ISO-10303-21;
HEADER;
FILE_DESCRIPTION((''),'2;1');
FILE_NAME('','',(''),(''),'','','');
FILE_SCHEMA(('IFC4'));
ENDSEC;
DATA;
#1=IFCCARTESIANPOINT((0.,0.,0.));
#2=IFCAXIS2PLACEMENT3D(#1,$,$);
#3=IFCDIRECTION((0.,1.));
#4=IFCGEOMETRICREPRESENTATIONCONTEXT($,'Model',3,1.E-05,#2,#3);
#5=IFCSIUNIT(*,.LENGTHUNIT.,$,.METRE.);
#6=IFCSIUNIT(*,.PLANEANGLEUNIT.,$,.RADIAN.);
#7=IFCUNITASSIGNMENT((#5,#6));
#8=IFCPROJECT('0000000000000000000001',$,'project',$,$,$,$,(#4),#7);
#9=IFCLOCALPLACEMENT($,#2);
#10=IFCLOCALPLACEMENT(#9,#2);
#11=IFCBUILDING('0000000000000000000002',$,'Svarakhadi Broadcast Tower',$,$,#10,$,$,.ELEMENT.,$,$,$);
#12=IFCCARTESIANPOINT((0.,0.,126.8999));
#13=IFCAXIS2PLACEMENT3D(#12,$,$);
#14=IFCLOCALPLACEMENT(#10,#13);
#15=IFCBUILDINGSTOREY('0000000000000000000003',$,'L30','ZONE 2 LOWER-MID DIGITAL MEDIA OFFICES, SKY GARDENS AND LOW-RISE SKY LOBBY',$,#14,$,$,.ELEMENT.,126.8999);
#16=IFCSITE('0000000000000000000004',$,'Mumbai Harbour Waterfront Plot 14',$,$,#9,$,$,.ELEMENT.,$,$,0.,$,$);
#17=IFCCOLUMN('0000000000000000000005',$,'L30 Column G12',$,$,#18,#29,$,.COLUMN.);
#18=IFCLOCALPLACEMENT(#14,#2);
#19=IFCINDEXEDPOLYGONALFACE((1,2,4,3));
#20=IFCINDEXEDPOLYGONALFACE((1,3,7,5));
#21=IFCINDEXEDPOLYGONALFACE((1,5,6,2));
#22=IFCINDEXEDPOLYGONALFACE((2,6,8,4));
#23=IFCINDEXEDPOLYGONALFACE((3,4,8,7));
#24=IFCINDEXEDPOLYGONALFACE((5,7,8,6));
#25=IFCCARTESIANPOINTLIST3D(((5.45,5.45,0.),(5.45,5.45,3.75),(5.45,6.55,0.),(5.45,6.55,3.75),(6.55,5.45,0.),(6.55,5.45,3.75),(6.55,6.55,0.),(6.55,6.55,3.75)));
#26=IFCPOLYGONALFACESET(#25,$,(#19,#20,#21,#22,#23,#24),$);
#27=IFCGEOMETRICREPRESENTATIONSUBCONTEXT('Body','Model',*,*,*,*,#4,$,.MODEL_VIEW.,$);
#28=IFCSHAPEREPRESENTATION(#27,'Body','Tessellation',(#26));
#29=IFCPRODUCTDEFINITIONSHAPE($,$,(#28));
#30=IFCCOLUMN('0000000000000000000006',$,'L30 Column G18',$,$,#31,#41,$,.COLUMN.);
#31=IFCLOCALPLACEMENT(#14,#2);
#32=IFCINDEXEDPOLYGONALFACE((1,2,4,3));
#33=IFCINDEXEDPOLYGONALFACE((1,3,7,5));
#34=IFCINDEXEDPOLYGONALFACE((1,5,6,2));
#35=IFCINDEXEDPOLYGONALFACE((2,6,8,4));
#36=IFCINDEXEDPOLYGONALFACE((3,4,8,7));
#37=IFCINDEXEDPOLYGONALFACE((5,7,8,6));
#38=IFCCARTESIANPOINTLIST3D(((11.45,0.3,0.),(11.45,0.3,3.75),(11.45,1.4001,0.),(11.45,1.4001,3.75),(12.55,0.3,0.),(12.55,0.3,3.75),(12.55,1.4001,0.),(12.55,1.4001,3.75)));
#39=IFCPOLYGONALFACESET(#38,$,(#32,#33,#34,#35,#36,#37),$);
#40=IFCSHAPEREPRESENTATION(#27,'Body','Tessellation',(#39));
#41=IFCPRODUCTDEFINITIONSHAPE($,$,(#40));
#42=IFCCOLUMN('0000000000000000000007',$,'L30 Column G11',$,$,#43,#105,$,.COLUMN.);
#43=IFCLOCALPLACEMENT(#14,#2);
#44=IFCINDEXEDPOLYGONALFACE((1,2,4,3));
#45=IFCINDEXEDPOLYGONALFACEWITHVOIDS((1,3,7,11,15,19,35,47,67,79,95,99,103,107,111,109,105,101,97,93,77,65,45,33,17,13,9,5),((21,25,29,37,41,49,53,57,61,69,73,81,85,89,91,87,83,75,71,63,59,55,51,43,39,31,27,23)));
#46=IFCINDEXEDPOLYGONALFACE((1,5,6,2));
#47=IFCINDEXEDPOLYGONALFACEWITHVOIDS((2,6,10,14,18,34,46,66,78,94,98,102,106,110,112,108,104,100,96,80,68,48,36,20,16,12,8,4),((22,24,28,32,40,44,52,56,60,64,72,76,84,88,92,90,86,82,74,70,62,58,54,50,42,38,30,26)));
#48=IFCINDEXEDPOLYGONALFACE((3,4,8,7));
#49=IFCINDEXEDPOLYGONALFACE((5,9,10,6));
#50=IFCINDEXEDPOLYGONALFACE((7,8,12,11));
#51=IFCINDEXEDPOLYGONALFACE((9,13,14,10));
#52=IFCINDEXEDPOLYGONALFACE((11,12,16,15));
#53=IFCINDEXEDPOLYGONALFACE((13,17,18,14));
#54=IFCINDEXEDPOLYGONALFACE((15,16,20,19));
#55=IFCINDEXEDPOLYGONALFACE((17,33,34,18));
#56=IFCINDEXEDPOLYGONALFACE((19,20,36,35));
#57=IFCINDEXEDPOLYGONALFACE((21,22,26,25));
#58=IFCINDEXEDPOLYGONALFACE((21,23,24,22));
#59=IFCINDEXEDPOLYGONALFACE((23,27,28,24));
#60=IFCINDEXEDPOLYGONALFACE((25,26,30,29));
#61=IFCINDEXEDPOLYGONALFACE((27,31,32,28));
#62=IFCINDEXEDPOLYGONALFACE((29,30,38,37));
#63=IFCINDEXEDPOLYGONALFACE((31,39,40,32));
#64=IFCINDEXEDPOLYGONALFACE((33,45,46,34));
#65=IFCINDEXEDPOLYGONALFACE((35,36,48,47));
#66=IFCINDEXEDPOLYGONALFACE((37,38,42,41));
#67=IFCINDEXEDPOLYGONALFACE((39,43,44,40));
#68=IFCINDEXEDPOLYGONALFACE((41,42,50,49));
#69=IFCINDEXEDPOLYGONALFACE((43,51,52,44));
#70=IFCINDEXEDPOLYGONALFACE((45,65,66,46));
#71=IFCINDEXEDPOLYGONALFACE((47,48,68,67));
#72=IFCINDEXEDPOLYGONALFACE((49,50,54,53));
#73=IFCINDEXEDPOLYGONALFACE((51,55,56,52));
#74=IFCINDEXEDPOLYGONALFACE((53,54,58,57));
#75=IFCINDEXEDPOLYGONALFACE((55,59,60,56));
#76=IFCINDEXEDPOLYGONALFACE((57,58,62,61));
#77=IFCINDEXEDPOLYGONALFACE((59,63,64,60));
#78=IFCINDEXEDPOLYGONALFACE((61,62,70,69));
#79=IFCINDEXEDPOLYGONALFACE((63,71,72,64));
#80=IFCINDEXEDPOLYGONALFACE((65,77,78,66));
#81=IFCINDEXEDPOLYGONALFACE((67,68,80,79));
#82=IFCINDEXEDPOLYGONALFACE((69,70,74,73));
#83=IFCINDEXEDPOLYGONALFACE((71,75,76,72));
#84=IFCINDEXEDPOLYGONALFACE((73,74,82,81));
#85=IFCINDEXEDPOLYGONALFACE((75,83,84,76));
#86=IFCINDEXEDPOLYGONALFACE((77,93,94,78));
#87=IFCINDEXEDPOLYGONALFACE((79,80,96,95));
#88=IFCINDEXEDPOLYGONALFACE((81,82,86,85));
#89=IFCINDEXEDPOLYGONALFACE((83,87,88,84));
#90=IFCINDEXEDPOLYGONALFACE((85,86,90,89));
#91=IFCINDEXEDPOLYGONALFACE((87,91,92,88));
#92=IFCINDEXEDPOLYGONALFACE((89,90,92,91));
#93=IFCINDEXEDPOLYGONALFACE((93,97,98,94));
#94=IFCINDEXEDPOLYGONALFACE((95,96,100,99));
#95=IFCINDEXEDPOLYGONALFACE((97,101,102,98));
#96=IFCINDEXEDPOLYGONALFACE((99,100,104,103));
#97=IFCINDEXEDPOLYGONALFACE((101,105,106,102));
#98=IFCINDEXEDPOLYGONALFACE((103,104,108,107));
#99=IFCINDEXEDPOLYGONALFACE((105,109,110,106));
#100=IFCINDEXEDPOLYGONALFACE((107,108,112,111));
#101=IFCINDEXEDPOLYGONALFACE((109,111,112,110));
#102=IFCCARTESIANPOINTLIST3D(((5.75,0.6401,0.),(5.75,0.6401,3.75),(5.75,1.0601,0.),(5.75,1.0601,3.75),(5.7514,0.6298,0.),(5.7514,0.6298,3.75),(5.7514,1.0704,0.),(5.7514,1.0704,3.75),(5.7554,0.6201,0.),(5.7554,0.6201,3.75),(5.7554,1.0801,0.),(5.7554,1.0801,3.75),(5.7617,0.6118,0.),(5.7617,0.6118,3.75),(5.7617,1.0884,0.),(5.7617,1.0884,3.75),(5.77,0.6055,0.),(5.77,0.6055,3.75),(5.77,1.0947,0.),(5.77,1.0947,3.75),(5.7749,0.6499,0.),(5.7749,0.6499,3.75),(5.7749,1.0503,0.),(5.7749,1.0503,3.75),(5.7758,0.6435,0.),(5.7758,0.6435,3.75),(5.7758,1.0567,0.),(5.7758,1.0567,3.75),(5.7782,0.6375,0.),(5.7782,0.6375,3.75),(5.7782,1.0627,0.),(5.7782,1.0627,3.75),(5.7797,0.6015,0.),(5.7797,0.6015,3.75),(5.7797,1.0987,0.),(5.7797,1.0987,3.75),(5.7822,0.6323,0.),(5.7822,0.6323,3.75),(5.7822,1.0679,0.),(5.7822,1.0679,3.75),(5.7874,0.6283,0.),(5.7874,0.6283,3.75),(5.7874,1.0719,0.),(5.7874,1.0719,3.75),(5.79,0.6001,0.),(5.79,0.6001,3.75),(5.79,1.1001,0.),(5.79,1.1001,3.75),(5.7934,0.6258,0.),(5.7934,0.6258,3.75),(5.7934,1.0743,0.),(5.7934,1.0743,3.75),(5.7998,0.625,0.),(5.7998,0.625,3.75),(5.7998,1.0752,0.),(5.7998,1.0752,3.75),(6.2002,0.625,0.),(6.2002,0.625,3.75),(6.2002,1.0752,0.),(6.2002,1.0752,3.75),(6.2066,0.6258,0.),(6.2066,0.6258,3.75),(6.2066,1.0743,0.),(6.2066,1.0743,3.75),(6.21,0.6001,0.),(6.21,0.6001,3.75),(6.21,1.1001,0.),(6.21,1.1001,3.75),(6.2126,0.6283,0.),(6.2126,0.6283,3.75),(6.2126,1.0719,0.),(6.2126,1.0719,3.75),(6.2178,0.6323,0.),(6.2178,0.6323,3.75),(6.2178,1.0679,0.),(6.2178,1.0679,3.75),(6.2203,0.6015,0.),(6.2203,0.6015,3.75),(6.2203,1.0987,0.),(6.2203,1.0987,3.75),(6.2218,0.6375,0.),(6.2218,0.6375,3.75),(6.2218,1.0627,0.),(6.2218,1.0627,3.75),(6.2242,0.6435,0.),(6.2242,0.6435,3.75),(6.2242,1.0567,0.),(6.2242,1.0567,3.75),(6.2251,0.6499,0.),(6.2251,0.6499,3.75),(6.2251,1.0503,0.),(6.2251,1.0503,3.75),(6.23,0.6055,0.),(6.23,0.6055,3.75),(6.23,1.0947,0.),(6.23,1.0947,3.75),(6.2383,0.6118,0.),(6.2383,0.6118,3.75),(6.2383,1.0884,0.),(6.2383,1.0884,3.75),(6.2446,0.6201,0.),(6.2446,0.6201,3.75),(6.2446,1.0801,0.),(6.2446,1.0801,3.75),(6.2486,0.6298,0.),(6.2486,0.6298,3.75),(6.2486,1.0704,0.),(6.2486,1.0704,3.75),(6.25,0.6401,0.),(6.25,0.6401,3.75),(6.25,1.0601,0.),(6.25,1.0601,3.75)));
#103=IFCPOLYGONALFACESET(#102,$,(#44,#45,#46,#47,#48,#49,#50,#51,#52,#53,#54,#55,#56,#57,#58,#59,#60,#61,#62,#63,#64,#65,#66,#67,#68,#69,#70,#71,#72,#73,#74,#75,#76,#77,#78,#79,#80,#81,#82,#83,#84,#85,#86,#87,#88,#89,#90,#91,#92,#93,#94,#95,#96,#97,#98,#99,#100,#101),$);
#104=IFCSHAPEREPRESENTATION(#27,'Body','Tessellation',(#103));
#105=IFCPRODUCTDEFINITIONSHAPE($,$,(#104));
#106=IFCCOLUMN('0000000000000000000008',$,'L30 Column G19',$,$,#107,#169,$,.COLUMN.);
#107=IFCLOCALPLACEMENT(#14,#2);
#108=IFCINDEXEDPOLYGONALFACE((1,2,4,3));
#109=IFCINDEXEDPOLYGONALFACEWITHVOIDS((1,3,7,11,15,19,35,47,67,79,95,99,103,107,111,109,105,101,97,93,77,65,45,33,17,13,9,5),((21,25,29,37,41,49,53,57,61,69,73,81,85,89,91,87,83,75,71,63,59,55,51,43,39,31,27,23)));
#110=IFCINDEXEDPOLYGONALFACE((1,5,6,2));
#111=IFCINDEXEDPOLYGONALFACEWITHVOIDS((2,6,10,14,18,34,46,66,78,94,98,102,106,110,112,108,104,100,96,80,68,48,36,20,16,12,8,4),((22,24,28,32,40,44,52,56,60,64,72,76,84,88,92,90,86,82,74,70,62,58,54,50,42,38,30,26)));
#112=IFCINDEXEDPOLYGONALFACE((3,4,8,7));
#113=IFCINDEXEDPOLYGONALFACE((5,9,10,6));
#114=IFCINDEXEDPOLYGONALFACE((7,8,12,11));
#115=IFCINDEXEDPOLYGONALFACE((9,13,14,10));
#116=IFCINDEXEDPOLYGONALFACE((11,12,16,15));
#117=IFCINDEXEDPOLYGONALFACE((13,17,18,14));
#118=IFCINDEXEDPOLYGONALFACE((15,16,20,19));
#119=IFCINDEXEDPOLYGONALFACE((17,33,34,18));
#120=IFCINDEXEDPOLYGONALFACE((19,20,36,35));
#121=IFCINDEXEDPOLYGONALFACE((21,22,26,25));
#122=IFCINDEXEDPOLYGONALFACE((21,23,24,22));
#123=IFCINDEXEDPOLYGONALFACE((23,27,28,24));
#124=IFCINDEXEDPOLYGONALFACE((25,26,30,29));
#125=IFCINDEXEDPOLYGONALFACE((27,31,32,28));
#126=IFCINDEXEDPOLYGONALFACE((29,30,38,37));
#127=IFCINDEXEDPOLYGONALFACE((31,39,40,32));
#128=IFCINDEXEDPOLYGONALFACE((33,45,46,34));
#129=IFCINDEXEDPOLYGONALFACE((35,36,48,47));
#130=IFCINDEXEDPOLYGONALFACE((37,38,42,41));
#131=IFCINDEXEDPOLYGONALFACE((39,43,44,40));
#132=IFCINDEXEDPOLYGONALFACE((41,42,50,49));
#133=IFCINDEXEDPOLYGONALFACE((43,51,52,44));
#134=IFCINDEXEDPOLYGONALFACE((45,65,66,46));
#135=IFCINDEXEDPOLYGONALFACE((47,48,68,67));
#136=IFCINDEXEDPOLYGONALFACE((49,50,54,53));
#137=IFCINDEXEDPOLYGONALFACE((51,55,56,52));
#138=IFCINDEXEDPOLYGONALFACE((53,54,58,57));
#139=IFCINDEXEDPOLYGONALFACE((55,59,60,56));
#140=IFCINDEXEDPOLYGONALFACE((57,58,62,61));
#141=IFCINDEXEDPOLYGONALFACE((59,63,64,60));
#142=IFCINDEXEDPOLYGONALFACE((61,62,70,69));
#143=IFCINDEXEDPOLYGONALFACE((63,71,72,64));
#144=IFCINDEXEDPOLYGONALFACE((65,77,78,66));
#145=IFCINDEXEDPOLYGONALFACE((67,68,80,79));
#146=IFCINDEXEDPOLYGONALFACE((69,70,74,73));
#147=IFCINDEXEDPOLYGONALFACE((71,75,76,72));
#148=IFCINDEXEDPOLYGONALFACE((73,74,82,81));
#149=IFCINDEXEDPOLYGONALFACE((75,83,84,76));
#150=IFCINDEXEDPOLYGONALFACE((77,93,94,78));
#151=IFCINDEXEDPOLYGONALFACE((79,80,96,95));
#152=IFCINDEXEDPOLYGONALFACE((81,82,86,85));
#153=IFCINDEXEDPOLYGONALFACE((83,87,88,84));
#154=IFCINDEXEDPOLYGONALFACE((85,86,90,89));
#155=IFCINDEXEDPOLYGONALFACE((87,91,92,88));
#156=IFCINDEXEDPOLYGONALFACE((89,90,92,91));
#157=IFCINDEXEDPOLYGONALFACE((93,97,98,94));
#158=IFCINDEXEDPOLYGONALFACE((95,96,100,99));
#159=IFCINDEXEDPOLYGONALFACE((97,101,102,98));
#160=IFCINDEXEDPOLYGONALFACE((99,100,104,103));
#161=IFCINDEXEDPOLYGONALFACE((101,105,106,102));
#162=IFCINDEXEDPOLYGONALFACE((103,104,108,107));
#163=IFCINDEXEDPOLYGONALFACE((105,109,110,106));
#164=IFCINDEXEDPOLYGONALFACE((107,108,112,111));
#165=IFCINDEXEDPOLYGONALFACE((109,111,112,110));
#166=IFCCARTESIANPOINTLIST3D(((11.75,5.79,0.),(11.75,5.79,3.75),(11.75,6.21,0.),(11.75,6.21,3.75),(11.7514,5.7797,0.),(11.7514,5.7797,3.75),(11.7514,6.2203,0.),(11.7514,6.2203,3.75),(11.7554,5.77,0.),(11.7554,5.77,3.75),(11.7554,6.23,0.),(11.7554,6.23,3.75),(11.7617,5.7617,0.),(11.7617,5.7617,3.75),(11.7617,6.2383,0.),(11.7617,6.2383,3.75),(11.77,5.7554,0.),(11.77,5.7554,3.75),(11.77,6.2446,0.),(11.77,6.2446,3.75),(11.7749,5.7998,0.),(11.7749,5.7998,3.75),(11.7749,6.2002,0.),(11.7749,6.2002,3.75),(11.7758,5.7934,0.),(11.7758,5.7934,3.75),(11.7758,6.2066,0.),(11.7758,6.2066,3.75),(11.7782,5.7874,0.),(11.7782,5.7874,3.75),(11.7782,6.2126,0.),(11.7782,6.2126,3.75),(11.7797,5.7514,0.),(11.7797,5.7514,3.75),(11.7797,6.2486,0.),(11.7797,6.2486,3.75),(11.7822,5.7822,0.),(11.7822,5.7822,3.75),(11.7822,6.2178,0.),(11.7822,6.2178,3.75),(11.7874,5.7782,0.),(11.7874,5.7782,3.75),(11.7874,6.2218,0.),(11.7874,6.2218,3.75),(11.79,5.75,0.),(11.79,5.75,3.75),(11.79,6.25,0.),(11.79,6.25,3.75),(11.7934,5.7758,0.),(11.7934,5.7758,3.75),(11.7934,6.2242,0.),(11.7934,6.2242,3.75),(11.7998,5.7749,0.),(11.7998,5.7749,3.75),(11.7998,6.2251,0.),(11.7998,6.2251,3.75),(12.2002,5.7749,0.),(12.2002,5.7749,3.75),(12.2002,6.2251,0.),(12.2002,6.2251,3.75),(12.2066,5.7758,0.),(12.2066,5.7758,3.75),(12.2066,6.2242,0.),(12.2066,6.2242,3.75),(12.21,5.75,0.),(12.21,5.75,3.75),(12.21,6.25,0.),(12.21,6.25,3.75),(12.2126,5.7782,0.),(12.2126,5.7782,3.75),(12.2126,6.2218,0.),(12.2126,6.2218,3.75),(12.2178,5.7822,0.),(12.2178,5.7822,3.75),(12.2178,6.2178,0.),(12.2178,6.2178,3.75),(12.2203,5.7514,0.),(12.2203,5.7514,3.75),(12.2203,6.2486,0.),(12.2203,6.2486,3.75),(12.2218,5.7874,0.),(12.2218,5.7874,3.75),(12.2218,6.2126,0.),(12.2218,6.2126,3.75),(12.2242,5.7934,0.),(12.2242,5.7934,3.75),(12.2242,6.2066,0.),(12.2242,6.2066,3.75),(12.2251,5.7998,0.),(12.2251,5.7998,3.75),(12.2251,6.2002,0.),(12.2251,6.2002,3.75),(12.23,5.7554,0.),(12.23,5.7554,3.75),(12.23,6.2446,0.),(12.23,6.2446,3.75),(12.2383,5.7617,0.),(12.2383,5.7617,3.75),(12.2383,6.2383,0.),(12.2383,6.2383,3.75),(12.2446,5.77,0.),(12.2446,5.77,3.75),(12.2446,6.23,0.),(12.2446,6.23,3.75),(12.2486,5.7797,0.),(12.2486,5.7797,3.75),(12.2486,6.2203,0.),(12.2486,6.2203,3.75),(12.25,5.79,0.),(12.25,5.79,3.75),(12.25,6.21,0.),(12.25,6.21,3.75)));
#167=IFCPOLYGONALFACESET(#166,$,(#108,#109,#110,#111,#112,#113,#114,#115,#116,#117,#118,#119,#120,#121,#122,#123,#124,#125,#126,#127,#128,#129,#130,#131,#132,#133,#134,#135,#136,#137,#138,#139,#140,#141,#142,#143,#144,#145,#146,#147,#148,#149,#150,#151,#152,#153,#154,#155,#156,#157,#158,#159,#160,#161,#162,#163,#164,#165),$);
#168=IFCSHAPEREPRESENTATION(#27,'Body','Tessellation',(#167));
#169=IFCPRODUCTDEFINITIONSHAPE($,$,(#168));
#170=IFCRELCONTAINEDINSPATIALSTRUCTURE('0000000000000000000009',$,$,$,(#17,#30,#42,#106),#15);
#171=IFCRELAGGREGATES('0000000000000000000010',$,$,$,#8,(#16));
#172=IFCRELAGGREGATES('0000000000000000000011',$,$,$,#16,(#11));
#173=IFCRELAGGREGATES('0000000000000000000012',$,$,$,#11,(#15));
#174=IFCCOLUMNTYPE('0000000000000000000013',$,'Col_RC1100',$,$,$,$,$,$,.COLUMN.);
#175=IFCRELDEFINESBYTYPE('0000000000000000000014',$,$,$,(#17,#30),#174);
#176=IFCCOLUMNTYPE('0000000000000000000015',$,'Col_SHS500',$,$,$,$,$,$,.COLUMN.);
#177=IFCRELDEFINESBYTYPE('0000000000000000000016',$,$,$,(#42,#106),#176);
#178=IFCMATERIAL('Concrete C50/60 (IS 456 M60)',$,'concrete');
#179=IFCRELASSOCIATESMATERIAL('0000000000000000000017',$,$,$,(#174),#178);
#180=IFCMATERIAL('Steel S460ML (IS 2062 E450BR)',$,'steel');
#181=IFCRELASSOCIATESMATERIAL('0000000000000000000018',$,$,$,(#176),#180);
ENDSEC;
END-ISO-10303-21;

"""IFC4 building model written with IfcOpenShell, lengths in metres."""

from ifc_helpers import new_model, si_unit, direction, frame, origin, origin_2d, place, context, subcontext, project, spatial, rectangle, hollow_rectangle, extrude, material, material_profile, profile_set, type_object, element, save


model = new_model("IFC4")

# Units and contexts
model_context = context("Model", 3, precision=1e-05, world=origin(), true_north=direction((0.0, 1.0)))
body_context = subcontext(model_context, "Body", "Model", "MODEL_VIEW")
ifc_project = project(units=[si_unit("LENGTHUNIT", "METRE"), si_unit("PLANEANGLEUNIT", "RADIAN")], contexts=[model_context])

# Site, building, storey
site_placement = place(None, origin())
site = spatial("IfcSite", under=ifc_project, at=site_placement, Name="Mumbai Harbour Waterfront Plot 14", CompositionType="ELEMENT", RefElevation=0.0)
building_placement = place(site_placement, origin())
building = spatial("IfcBuilding", under=site, at=building_placement, Name="Svarakhadi Broadcast Tower", CompositionType="ELEMENT")
storey_placement = place(building_placement, frame((0.0, 0.0, 126.8999)))
storey = spatial("IfcBuildingStorey", under=building, at=storey_placement, Name="L30", Description="ZONE 2 LOWER-MID DIGITAL MEDIA OFFICES, SKY GARDENS AND LOW-RISE SKY LOBBY", CompositionType="ELEMENT", Elevation=126.8999)

# Columns
ifc_material_1 = material(Name="Concrete C50/60 (IS 456 M60)", Category="concrete")
ifc_material_profile_1 = material_profile(ifc_material_1, rectangle(XDim=1.1001, YDim=1.1001, at=origin_2d()), Name="RC 1100x1100")
ifc_profile_set_1 = profile_set([ifc_material_profile_1], Name="Concrete C50/60 (IS 456 M60)")
column_type_1 = type_object("IfcColumnType", Name="Col_RC1100", PredefinedType="COLUMN", material=ifc_profile_set_1)
for number, where, z_axis, x_axis, name in (
    (1, (6.0, 6.0, 0.0), (0.0, 0.0, 1.0), (1.0, 0.0, 0.0), "L30 Column G12"),
    (2, (12.0, 0.8501, 0.0), (0.0, 0.0, 1.0), (1.0, 0.0, 0.0), "L30 Column G18"),
):
    element("IfcColumn", number, at=place(storey_placement, frame(where, z_axis=z_axis, x_axis=x_axis)), inside=storey, type_object=column_type_1, Name=name, PredefinedType="COLUMN", context=body_context, shape_type="SweptSolid", body=[
        extrude(rectangle(XDim=1.1001, YDim=1.1001, at=origin_2d()), origin(), (0.0, 0.0, 1.0), 3.75),
    ])
ifc_material_2 = material(Name="Steel S460ML (IS 2062 E450BR)", Category="steel")
ifc_material_profile_2 = material_profile(ifc_material_2, hollow_rectangle(XDim=0.5, YDim=0.5, WallThickness=0.0249, InnerFilletRadius=0.0249, OuterFilletRadius=0.04, at=origin_2d()), Name="SHS 500x500x25")
ifc_profile_set_2 = profile_set([ifc_material_profile_2], Name="Steel S460ML (IS 2062 E450BR)")
column_type_2 = type_object("IfcColumnType", Name="Col_SHS500", PredefinedType="COLUMN", material=ifc_profile_set_2)
for number, where, z_axis, x_axis, name in (
    (3, (6.0, 0.8501, 0.0), (0.0, 0.0, 1.0), (1.0, 0.0, 0.0), "L30 Column G11"),
    (4, (12.0, 6.0, 0.0), (0.0, 0.0, 1.0), (1.0, 0.0, 0.0), "L30 Column G19"),
):
    element("IfcColumn", number, at=place(storey_placement, frame(where, z_axis=z_axis, x_axis=x_axis)), inside=storey, type_object=column_type_2, Name=name, PredefinedType="COLUMN", context=body_context, shape_type="SweptSolid", body=[
        extrude(hollow_rectangle(XDim=0.5, YDim=0.5, WallThickness=0.0249, InnerFilletRadius=0.0249, OuterFilletRadius=0.04, at=origin_2d()), origin(), (0.0, 0.0, 1.0), 3.75),
    ])

save(model, "model.ifc")
